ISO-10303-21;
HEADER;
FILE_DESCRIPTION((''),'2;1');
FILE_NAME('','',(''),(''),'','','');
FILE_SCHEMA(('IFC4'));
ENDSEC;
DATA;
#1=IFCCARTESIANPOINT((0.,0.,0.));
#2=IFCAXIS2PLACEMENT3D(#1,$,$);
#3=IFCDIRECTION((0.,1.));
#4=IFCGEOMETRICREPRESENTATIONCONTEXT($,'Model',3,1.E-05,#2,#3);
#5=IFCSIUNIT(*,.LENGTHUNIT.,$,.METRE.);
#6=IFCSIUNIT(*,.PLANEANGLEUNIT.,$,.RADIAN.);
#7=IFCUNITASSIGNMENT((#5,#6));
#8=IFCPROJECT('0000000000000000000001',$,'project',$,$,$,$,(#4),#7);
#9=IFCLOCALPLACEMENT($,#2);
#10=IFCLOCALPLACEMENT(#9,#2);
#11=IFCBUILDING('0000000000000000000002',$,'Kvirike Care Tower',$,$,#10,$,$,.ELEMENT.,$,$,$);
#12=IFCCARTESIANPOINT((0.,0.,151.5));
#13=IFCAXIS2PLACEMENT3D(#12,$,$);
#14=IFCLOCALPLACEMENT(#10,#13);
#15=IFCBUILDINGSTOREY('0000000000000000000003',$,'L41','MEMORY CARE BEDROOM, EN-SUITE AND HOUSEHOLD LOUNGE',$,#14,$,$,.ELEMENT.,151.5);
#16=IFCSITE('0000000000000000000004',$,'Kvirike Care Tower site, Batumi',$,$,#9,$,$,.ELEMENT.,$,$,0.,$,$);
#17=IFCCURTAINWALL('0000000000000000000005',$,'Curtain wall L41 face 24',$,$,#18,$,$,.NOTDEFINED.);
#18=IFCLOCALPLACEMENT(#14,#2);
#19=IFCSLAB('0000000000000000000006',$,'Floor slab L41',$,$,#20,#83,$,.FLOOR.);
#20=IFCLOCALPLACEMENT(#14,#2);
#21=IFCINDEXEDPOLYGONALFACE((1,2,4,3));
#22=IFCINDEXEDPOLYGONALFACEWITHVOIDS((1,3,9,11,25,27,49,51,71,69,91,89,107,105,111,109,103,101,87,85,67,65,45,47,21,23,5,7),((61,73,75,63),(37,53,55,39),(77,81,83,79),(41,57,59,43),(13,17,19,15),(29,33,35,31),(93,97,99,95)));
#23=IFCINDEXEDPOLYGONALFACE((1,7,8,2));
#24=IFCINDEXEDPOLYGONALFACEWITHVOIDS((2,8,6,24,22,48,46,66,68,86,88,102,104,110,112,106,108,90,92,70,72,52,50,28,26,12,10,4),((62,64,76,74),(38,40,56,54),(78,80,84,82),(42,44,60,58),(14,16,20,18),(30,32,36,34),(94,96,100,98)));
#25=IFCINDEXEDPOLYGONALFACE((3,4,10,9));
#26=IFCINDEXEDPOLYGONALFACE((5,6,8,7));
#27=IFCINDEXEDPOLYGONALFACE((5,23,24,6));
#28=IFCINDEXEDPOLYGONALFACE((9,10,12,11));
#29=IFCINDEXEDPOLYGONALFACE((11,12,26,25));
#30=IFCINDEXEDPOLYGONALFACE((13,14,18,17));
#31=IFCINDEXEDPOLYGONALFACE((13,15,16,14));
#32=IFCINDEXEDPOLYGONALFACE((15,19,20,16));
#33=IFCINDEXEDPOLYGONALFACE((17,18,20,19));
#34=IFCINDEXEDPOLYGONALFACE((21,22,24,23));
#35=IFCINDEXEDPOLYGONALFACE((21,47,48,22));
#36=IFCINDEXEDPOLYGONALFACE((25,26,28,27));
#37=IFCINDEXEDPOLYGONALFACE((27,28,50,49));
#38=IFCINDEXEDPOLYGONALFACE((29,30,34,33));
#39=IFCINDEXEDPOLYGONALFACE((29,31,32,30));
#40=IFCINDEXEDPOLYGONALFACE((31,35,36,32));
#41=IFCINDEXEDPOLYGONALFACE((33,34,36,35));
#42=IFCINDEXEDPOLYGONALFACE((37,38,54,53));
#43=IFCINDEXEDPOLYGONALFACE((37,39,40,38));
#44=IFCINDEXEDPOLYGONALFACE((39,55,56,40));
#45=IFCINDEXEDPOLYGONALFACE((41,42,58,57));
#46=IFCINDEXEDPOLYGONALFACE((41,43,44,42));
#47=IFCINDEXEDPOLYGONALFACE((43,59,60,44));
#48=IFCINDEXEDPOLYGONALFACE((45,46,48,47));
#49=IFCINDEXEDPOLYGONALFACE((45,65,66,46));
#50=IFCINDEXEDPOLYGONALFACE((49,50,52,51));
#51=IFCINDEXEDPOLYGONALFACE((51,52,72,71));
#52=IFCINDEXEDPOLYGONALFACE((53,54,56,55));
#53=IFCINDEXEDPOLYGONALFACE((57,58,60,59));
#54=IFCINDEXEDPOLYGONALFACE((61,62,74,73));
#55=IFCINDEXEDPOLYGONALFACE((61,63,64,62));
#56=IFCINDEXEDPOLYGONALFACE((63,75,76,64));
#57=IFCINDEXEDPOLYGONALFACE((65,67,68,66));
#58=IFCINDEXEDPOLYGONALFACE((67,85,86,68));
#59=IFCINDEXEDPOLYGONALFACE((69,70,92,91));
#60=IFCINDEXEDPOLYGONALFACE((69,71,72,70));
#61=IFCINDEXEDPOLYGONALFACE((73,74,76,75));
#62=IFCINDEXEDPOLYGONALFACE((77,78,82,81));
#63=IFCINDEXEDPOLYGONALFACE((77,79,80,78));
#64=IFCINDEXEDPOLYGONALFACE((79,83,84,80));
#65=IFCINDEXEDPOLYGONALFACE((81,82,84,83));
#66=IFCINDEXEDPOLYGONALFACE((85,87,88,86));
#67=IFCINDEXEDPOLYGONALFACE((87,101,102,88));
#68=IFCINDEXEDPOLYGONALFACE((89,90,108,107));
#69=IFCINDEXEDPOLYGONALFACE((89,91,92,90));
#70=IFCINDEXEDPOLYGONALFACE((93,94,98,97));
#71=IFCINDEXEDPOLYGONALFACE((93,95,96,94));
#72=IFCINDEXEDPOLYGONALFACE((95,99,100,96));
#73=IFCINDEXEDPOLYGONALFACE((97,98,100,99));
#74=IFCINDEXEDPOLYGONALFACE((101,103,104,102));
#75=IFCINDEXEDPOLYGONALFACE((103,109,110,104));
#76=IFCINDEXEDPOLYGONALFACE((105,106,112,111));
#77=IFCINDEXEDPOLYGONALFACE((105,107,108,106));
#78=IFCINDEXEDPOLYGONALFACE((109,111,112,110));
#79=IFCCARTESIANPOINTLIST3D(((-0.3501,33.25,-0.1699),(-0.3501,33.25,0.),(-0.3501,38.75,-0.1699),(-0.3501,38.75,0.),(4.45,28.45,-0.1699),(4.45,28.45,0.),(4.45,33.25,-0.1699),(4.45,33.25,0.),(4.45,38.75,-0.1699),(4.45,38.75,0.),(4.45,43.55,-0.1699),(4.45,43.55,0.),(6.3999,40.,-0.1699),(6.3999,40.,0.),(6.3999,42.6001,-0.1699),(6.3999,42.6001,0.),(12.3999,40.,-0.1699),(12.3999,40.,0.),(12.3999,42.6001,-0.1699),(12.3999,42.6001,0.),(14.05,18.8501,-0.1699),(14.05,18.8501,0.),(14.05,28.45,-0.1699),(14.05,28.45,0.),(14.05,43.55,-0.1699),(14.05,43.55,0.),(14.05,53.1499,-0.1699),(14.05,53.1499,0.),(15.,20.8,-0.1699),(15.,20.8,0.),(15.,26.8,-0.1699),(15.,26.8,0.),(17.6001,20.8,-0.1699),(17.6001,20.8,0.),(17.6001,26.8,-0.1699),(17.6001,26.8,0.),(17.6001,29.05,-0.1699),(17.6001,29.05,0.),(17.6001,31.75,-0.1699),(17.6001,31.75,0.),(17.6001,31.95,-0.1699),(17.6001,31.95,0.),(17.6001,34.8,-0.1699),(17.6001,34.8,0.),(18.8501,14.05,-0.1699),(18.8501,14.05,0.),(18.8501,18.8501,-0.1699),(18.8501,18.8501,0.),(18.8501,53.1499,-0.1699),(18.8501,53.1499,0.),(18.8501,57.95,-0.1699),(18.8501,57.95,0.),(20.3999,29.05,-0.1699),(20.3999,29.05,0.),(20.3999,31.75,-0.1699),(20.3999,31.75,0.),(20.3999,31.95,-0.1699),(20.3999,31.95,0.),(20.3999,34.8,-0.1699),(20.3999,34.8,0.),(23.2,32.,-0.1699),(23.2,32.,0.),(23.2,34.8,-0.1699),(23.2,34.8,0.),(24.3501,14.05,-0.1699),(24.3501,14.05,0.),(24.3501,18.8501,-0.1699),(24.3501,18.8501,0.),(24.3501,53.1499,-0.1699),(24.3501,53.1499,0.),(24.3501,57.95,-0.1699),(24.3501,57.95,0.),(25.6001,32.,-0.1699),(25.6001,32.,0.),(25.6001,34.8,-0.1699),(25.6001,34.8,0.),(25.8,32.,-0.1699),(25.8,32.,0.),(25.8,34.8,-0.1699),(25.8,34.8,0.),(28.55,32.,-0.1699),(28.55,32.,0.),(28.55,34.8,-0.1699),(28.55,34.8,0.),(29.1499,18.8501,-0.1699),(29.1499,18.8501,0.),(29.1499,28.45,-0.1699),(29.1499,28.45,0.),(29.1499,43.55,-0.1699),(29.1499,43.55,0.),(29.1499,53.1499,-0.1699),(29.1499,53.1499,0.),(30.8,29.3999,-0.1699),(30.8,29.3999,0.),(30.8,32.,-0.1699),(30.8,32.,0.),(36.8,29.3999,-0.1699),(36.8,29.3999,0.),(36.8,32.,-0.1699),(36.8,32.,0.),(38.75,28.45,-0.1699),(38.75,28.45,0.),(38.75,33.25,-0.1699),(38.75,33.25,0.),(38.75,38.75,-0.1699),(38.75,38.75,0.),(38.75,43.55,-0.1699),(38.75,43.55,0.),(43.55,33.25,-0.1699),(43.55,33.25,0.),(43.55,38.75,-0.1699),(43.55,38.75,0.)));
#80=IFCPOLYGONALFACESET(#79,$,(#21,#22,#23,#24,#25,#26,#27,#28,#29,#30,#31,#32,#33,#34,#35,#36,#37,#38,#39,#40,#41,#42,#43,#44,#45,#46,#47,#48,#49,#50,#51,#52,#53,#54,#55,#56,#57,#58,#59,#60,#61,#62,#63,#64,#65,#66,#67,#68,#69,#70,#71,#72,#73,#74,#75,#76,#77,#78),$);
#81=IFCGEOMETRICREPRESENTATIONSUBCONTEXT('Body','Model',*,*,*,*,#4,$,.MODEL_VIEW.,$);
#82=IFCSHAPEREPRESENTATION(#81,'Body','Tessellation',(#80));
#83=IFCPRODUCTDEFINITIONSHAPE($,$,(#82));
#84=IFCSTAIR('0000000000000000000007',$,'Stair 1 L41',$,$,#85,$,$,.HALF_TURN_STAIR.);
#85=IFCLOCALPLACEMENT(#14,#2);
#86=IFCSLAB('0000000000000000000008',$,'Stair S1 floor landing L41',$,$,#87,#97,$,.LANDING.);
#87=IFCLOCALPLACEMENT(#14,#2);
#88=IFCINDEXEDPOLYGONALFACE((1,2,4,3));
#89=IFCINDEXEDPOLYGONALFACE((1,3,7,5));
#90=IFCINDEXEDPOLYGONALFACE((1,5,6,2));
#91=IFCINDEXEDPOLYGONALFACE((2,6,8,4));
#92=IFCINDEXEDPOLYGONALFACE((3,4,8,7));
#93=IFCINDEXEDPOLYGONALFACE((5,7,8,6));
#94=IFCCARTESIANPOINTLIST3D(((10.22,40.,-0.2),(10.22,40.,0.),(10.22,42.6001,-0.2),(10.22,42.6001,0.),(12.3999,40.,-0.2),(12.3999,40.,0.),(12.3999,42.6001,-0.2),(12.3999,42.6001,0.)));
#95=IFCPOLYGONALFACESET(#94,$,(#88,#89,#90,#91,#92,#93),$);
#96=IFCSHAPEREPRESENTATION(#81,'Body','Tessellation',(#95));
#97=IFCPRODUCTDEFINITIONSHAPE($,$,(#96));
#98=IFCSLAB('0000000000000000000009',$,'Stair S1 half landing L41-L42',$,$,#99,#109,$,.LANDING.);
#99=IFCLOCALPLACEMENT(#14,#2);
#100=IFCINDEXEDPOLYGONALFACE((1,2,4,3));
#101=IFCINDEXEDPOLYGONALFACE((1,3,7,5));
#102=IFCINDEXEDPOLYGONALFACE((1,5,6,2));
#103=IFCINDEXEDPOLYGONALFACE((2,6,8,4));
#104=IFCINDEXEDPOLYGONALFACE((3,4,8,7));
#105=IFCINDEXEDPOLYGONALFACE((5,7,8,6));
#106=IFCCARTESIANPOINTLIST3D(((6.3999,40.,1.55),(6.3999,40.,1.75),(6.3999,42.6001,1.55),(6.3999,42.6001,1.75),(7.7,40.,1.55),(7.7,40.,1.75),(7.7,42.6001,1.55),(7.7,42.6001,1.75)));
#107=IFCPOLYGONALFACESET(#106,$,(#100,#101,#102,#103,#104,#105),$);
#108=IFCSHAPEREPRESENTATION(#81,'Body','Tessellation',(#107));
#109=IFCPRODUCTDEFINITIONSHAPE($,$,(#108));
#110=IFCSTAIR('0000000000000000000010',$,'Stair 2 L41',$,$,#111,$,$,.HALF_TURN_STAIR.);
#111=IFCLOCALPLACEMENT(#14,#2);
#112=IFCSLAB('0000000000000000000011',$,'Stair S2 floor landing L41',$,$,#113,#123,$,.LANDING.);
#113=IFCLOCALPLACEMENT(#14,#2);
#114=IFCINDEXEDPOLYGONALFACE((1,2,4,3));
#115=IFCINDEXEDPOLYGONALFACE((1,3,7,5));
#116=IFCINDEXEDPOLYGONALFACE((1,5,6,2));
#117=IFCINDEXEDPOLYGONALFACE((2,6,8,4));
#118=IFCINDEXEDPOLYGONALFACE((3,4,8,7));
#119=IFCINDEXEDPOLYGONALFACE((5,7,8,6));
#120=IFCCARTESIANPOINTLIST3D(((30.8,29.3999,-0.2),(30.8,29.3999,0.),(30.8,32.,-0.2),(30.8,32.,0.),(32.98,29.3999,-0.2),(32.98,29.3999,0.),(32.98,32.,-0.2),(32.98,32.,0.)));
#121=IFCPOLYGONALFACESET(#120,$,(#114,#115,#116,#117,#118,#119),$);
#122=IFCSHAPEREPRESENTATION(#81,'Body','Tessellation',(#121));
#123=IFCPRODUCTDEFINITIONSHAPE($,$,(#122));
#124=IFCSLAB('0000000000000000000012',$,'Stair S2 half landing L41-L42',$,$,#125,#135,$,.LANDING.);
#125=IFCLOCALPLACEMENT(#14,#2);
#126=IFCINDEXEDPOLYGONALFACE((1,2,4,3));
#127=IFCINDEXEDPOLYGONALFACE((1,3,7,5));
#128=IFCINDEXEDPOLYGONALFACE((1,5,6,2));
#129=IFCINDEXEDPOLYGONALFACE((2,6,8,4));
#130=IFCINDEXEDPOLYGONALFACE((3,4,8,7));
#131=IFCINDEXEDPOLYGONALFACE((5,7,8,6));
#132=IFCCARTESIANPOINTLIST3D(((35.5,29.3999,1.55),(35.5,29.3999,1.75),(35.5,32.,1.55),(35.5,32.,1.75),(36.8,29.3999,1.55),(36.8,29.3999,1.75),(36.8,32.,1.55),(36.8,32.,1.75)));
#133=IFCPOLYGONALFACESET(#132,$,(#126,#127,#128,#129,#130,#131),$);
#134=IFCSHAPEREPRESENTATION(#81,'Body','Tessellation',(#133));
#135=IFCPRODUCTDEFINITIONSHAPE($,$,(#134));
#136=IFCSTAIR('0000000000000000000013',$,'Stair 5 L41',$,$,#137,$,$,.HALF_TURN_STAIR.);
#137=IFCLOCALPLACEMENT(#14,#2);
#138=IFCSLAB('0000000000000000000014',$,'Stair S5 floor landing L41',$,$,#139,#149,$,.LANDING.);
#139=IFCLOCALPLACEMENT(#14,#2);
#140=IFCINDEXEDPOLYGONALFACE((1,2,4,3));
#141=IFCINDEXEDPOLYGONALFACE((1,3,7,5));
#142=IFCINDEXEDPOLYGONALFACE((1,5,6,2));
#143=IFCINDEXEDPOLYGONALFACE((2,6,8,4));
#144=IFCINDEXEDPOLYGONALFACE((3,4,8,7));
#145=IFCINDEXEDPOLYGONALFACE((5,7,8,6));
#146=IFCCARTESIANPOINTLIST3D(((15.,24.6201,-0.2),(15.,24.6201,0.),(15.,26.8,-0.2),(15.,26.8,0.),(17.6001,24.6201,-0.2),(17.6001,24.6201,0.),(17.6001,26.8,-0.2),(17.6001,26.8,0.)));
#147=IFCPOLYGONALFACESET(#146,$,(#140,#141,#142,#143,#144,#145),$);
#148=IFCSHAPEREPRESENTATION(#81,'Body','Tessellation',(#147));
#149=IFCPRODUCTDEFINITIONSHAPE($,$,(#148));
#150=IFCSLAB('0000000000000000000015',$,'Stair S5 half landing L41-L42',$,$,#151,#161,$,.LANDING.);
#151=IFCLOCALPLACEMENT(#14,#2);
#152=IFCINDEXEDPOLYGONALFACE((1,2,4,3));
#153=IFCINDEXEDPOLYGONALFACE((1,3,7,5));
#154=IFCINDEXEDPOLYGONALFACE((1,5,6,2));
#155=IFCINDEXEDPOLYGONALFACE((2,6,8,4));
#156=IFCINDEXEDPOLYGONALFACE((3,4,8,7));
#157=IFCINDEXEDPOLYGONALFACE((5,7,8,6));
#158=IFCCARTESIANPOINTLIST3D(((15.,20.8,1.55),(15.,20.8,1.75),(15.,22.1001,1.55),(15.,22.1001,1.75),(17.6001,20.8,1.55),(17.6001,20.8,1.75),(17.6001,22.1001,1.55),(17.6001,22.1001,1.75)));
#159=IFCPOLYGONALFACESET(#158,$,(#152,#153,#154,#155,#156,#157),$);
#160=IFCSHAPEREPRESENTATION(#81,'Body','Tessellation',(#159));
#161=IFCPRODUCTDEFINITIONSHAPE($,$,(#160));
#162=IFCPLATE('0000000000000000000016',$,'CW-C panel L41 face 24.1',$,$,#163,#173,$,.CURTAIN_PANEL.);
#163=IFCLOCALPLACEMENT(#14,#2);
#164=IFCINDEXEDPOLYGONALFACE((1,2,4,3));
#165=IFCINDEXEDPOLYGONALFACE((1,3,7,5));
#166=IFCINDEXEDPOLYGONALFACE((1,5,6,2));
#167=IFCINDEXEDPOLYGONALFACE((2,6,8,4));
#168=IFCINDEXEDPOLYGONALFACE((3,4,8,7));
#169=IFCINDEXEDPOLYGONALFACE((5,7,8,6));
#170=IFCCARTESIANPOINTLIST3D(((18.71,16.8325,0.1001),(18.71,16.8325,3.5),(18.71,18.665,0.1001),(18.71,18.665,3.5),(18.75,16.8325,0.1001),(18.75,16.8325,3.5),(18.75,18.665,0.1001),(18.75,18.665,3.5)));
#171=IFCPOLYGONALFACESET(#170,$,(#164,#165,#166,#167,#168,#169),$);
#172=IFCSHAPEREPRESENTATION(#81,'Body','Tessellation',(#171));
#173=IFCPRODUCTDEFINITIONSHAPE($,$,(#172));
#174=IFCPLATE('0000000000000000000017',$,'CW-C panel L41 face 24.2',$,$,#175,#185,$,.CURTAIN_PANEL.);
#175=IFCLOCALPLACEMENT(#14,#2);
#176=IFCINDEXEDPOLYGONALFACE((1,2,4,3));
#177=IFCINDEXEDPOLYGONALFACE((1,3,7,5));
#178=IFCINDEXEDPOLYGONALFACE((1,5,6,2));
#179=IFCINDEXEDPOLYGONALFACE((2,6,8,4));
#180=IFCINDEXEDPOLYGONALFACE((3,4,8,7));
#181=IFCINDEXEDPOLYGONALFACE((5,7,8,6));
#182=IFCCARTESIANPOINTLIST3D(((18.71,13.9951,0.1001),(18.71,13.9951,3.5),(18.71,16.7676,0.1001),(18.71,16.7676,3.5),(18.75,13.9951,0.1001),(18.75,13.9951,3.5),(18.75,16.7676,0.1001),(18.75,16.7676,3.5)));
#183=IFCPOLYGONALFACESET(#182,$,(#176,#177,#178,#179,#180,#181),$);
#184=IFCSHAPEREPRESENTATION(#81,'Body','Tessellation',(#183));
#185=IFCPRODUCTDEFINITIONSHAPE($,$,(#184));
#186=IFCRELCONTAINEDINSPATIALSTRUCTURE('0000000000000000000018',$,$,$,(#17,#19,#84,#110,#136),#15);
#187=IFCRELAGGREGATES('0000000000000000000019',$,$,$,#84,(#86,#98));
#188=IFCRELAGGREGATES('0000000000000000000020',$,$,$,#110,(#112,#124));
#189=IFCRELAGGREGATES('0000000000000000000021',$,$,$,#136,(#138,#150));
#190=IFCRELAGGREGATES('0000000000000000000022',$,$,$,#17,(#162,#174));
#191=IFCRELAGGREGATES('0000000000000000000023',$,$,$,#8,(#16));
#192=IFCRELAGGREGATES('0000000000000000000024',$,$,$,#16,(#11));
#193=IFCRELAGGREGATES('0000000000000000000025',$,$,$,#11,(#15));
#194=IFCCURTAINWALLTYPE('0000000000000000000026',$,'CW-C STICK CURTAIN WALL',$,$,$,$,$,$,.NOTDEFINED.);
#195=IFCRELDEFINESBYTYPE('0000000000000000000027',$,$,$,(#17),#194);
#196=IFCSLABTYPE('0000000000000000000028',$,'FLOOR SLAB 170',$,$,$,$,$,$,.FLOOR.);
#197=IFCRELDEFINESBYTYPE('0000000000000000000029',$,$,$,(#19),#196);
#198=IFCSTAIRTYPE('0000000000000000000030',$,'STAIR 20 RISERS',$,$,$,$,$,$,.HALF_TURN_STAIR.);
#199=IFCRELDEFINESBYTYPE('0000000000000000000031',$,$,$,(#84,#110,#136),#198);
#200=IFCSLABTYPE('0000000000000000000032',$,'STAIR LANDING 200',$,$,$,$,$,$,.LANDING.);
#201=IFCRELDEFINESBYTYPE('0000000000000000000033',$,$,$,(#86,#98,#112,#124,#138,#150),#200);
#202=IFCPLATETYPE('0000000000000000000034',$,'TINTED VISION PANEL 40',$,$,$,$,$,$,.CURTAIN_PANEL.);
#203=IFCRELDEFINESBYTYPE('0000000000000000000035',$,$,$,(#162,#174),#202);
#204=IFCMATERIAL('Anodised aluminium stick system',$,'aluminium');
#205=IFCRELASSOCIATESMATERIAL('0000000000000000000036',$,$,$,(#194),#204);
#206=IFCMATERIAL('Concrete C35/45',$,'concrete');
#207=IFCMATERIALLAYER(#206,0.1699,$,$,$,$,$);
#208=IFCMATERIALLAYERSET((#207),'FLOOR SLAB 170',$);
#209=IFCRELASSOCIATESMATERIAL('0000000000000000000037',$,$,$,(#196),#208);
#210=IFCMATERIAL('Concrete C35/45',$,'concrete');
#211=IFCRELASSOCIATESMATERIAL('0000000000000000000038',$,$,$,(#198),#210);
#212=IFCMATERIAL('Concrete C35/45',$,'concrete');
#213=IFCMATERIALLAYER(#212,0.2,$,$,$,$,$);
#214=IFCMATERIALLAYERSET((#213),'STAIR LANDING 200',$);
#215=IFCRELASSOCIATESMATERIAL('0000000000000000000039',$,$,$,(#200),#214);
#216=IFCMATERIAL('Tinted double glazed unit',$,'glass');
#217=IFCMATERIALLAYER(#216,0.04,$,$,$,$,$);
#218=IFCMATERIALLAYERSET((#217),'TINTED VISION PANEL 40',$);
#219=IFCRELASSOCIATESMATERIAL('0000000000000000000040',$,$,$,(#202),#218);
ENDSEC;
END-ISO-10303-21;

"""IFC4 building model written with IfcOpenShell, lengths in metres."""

from ifc_helpers import new_model, si_unit, direction, frame, origin, origin_2d, place, context, subcontext, project, spatial, polyline, rectangle, outline, extrude, material, layer, layer_set, type_object, element, aggregate, save


model = new_model("IFC4")

# Units and contexts
model_context = context("Model", 3, precision=1e-05, world=origin(), true_north=direction((0.0, 1.0)))
body_context = subcontext(model_context, "Body", "Model", "MODEL_VIEW")
ifc_project = project(units=[si_unit("LENGTHUNIT", "METRE"), si_unit("PLANEANGLEUNIT", "RADIAN")], contexts=[model_context])

# Site, building, storey
site_placement = place(None, origin())
site = spatial("IfcSite", under=ifc_project, at=site_placement, Name="Kvirike Care Tower site, Batumi", CompositionType="ELEMENT", RefElevation=0.0)
building_placement = place(site_placement, origin())
building = spatial("IfcBuilding", under=site, at=building_placement, Name="Kvirike Care Tower", CompositionType="ELEMENT")
storey_placement = place(building_placement, frame((0.0, 0.0, 151.5)))
storey = spatial("IfcBuildingStorey", under=building, at=storey_placement, Name="L41", Description="MEMORY CARE BEDROOM, EN-SUITE AND HOUSEHOLD LOUNGE", CompositionType="ELEMENT", Elevation=151.5)

# Shared definitions
ifc_material_1 = material(Name="Anodised aluminium stick system", Category="aluminium")
curtain_wall_type = type_object("IfcCurtainWallType", Name="CW-C STICK CURTAIN WALL", PredefinedType="NOTDEFINED", material=ifc_material_1)

# Curtain wall
curtain_wall_1_placement = place(storey_placement, origin())
curtain_wall_1 = element("IfcCurtainWall", 1, at=curtain_wall_1_placement, inside=storey, type_object=curtain_wall_type, Name="Curtain wall L41 face 24", PredefinedType="NOTDEFINED")

# Slab
ifc_material_2 = material(Name="Concrete C35/45", Category="concrete")
ifc_layer_1 = layer(ifc_material_2, 0.1699)
ifc_layer_set_1 = layer_set([ifc_layer_1], Name="FLOOR SLAB 170")
slab_type_1 = type_object("IfcSlabType", Name="FLOOR SLAB 170", PredefinedType="FLOOR", material=ifc_layer_set_1)
slab_1_placement = place(storey_placement, frame((0.0, 0.0, -0.1699)))
element("IfcSlab", 2, at=slab_1_placement, inside=storey, type_object=slab_type_1, Name="Floor slab L41", PredefinedType="FLOOR", context=body_context, shape_type="SweptSolid", body=[
    extrude(outline(polyline([(29.1499, 28.45), (38.75, 28.45), (38.75, 33.25), (43.55, 33.25), (43.55, 38.75), (38.75, 38.75), (38.75, 43.55), (29.1499, 43.55), (29.1499, 53.1499), (24.3501, 53.1499), (24.3501, 57.95), (18.8501, 57.95), (18.8501, 53.1499), (14.05, 53.1499), (14.05, 43.55), (4.45, 43.55), (4.45, 38.75), (-0.3501, 38.75), (-0.3501, 33.25), (4.45, 33.25), (4.45, 28.45), (14.05, 28.45), (14.05, 18.8501), (18.8501, 18.8501), (18.8501, 14.05), (24.3501, 14.05), (24.3501, 18.8501), (29.1499, 18.8501), (29.1499, 28.45)]), holes=[polyline([(17.6001, 29.05), (17.6001, 31.75), (20.3999, 31.75), (20.3999, 29.05), (17.6001, 29.05)]), polyline([(17.6001, 31.95), (17.6001, 34.8), (20.3999, 34.8), (20.3999, 31.95), (17.6001, 31.95)]), polyline([(23.2, 32.0), (23.2, 34.8), (25.6001, 34.8), (25.6001, 32.0), (23.2, 32.0)]), polyline([(25.8, 32.0), (25.8, 34.8), (28.55, 34.8), (28.55, 32.0), (25.8, 32.0)]), polyline([(12.3999, 42.6001), (12.3999, 40.0), (6.3999, 40.0), (6.3999, 42.6001), (12.3999, 42.6001)]), polyline([(30.8, 29.3999), (30.8, 32.0), (36.8, 32.0), (36.8, 29.3999), (30.8, 29.3999)]), polyline([(15.0, 26.8), (17.6001, 26.8), (17.6001, 20.8), (15.0, 20.8), (15.0, 26.8)])]), origin(), (0.0, 0.0, 1.0), 0.1699),
])

# Stairs, slabs
ifc_material_3 = material(Name="Concrete C35/45", Category="concrete")
stair_type = type_object("IfcStairType", Name="STAIR 20 RISERS", PredefinedType="HALF_TURN_STAIR", material=ifc_material_3)
stair_1_placement = place(storey_placement, origin())
stair_1 = element("IfcStair", 3, at=stair_1_placement, inside=storey, type_object=stair_type, Name="Stair 1 L41", PredefinedType="HALF_TURN_STAIR")
ifc_material_4 = material(Name="Concrete C35/45", Category="concrete")
ifc_layer_2 = layer(ifc_material_4, 0.2)
ifc_layer_set_2 = layer_set([ifc_layer_2], Name="STAIR LANDING 200")
slab_type_2 = type_object("IfcSlabType", Name="STAIR LANDING 200", PredefinedType="LANDING", material=ifc_layer_set_2)
slab_2_placement = place(storey_placement, frame((0.0, 0.0, -0.2)))
slab_2 = element("IfcSlab", 4, at=slab_2_placement, type_object=slab_type_2, Name="Stair S1 floor landing L41", PredefinedType="LANDING", context=body_context, shape_type="SweptSolid", body=[
    extrude(outline(polyline([(10.22, 42.6001), (10.22, 40.0), (12.3999, 40.0), (12.3999, 42.6001), (10.22, 42.6001)])), origin(), (0.0, 0.0, 1.0), 0.2),
])
slab_3_placement = place(storey_placement, frame((0.0, 0.0, 1.55)))
slab_3 = element("IfcSlab", 5, at=slab_3_placement, type_object=slab_type_2, Name="Stair S1 half landing L41-L42", PredefinedType="LANDING", context=body_context, shape_type="SweptSolid", body=[
    extrude(outline(polyline([(6.3999, 42.6001), (6.3999, 40.0), (7.7, 40.0), (7.7, 42.6001), (6.3999, 42.6001)])), origin(), (0.0, 0.0, 1.0), 0.2),
])
aggregate(stair_1, [slab_2, slab_3])
stair_2_placement = place(storey_placement, origin())
stair_2 = element("IfcStair", 6, at=stair_2_placement, inside=storey, type_object=stair_type, Name="Stair 2 L41", PredefinedType="HALF_TURN_STAIR")
slab_4_placement = place(storey_placement, frame((0.0, 0.0, -0.2)))
slab_4 = element("IfcSlab", 7, at=slab_4_placement, type_object=slab_type_2, Name="Stair S2 floor landing L41", PredefinedType="LANDING", context=body_context, shape_type="SweptSolid", body=[
    extrude(outline(polyline([(32.98, 29.3999), (32.98, 32.0), (30.8, 32.0), (30.8, 29.3999), (32.98, 29.3999)])), origin(), (0.0, 0.0, 1.0), 0.2),
])
slab_5_placement = place(storey_placement, frame((0.0, 0.0, 1.55)))
slab_5 = element("IfcSlab", 8, at=slab_5_placement, type_object=slab_type_2, Name="Stair S2 half landing L41-L42", PredefinedType="LANDING", context=body_context, shape_type="SweptSolid", body=[
    extrude(outline(polyline([(36.8, 29.3999), (36.8, 32.0), (35.5, 32.0), (35.5, 29.3999), (36.8, 29.3999)])), origin(), (0.0, 0.0, 1.0), 0.2),
])
aggregate(stair_2, [slab_4, slab_5])
stair_3_placement = place(storey_placement, origin())
stair_3 = element("IfcStair", 9, at=stair_3_placement, inside=storey, type_object=stair_type, Name="Stair 5 L41", PredefinedType="HALF_TURN_STAIR")
slab_6_placement = place(storey_placement, frame((0.0, 0.0, -0.2)))
slab_6 = element("IfcSlab", 10, at=slab_6_placement, type_object=slab_type_2, Name="Stair S5 floor landing L41", PredefinedType="LANDING", context=body_context, shape_type="SweptSolid", body=[
    extrude(outline(polyline([(15.0, 24.6201), (17.6001, 24.6201), (17.6001, 26.8), (15.0, 26.8), (15.0, 24.6201)])), origin(), (0.0, 0.0, 1.0), 0.2),
])
slab_7_placement = place(storey_placement, frame((0.0, 0.0, 1.55)))
slab_7 = element("IfcSlab", 11, at=slab_7_placement, type_object=slab_type_2, Name="Stair S5 half landing L41-L42", PredefinedType="LANDING", context=body_context, shape_type="SweptSolid", body=[
    extrude(outline(polyline([(15.0, 20.8), (17.6001, 20.8), (17.6001, 22.1001), (15.0, 22.1001), (15.0, 20.8)])), origin(), (0.0, 0.0, 1.0), 0.2),
])
aggregate(stair_3, [slab_6, slab_7])

# Plates
ifc_material_5 = material(Name="Tinted double glazed unit", Category="glass")
ifc_layer_3 = layer(ifc_material_5, 0.04)
ifc_layer_set_3 = layer_set([ifc_layer_3], Name="TINTED VISION PANEL 40")
plate_type = type_object("IfcPlateType", Name="TINTED VISION PANEL 40", PredefinedType="CURTAIN_PANEL", material=ifc_layer_set_3)
plate_1_placement = place(storey_placement, frame((18.73, 17.7488, 0.1001), z_axis=(0.0, 0.0, 1.0), x_axis=(0.0, -1.0, 0.0)))
plate_1 = element("IfcPlate", 12, at=plate_1_placement, type_object=plate_type, Name="CW-C panel L41 face 24.1", PredefinedType="CURTAIN_PANEL", context=body_context, shape_type="SweptSolid", body=[
    extrude(rectangle(XDim=1.8325, YDim=0.04, at=origin_2d()), origin(), (0.0, 0.0, 1.0), 3.3999),
])
plate_2_placement = place(storey_placement, frame((18.73, 15.3813, 0.1001), z_axis=(0.0, 0.0, 1.0), x_axis=(0.0, -1.0, 0.0)))
plate_2 = element("IfcPlate", 13, at=plate_2_placement, type_object=plate_type, Name="CW-C panel L41 face 24.2", PredefinedType="CURTAIN_PANEL", context=body_context, shape_type="SweptSolid", body=[
    extrude(rectangle(XDim=2.7725, YDim=0.04, at=origin_2d()), origin(), (0.0, 0.0, 1.0), 3.3999),
])
aggregate(curtain_wall_1, [plate_1, plate_2])

save(model, "model.ifc")
